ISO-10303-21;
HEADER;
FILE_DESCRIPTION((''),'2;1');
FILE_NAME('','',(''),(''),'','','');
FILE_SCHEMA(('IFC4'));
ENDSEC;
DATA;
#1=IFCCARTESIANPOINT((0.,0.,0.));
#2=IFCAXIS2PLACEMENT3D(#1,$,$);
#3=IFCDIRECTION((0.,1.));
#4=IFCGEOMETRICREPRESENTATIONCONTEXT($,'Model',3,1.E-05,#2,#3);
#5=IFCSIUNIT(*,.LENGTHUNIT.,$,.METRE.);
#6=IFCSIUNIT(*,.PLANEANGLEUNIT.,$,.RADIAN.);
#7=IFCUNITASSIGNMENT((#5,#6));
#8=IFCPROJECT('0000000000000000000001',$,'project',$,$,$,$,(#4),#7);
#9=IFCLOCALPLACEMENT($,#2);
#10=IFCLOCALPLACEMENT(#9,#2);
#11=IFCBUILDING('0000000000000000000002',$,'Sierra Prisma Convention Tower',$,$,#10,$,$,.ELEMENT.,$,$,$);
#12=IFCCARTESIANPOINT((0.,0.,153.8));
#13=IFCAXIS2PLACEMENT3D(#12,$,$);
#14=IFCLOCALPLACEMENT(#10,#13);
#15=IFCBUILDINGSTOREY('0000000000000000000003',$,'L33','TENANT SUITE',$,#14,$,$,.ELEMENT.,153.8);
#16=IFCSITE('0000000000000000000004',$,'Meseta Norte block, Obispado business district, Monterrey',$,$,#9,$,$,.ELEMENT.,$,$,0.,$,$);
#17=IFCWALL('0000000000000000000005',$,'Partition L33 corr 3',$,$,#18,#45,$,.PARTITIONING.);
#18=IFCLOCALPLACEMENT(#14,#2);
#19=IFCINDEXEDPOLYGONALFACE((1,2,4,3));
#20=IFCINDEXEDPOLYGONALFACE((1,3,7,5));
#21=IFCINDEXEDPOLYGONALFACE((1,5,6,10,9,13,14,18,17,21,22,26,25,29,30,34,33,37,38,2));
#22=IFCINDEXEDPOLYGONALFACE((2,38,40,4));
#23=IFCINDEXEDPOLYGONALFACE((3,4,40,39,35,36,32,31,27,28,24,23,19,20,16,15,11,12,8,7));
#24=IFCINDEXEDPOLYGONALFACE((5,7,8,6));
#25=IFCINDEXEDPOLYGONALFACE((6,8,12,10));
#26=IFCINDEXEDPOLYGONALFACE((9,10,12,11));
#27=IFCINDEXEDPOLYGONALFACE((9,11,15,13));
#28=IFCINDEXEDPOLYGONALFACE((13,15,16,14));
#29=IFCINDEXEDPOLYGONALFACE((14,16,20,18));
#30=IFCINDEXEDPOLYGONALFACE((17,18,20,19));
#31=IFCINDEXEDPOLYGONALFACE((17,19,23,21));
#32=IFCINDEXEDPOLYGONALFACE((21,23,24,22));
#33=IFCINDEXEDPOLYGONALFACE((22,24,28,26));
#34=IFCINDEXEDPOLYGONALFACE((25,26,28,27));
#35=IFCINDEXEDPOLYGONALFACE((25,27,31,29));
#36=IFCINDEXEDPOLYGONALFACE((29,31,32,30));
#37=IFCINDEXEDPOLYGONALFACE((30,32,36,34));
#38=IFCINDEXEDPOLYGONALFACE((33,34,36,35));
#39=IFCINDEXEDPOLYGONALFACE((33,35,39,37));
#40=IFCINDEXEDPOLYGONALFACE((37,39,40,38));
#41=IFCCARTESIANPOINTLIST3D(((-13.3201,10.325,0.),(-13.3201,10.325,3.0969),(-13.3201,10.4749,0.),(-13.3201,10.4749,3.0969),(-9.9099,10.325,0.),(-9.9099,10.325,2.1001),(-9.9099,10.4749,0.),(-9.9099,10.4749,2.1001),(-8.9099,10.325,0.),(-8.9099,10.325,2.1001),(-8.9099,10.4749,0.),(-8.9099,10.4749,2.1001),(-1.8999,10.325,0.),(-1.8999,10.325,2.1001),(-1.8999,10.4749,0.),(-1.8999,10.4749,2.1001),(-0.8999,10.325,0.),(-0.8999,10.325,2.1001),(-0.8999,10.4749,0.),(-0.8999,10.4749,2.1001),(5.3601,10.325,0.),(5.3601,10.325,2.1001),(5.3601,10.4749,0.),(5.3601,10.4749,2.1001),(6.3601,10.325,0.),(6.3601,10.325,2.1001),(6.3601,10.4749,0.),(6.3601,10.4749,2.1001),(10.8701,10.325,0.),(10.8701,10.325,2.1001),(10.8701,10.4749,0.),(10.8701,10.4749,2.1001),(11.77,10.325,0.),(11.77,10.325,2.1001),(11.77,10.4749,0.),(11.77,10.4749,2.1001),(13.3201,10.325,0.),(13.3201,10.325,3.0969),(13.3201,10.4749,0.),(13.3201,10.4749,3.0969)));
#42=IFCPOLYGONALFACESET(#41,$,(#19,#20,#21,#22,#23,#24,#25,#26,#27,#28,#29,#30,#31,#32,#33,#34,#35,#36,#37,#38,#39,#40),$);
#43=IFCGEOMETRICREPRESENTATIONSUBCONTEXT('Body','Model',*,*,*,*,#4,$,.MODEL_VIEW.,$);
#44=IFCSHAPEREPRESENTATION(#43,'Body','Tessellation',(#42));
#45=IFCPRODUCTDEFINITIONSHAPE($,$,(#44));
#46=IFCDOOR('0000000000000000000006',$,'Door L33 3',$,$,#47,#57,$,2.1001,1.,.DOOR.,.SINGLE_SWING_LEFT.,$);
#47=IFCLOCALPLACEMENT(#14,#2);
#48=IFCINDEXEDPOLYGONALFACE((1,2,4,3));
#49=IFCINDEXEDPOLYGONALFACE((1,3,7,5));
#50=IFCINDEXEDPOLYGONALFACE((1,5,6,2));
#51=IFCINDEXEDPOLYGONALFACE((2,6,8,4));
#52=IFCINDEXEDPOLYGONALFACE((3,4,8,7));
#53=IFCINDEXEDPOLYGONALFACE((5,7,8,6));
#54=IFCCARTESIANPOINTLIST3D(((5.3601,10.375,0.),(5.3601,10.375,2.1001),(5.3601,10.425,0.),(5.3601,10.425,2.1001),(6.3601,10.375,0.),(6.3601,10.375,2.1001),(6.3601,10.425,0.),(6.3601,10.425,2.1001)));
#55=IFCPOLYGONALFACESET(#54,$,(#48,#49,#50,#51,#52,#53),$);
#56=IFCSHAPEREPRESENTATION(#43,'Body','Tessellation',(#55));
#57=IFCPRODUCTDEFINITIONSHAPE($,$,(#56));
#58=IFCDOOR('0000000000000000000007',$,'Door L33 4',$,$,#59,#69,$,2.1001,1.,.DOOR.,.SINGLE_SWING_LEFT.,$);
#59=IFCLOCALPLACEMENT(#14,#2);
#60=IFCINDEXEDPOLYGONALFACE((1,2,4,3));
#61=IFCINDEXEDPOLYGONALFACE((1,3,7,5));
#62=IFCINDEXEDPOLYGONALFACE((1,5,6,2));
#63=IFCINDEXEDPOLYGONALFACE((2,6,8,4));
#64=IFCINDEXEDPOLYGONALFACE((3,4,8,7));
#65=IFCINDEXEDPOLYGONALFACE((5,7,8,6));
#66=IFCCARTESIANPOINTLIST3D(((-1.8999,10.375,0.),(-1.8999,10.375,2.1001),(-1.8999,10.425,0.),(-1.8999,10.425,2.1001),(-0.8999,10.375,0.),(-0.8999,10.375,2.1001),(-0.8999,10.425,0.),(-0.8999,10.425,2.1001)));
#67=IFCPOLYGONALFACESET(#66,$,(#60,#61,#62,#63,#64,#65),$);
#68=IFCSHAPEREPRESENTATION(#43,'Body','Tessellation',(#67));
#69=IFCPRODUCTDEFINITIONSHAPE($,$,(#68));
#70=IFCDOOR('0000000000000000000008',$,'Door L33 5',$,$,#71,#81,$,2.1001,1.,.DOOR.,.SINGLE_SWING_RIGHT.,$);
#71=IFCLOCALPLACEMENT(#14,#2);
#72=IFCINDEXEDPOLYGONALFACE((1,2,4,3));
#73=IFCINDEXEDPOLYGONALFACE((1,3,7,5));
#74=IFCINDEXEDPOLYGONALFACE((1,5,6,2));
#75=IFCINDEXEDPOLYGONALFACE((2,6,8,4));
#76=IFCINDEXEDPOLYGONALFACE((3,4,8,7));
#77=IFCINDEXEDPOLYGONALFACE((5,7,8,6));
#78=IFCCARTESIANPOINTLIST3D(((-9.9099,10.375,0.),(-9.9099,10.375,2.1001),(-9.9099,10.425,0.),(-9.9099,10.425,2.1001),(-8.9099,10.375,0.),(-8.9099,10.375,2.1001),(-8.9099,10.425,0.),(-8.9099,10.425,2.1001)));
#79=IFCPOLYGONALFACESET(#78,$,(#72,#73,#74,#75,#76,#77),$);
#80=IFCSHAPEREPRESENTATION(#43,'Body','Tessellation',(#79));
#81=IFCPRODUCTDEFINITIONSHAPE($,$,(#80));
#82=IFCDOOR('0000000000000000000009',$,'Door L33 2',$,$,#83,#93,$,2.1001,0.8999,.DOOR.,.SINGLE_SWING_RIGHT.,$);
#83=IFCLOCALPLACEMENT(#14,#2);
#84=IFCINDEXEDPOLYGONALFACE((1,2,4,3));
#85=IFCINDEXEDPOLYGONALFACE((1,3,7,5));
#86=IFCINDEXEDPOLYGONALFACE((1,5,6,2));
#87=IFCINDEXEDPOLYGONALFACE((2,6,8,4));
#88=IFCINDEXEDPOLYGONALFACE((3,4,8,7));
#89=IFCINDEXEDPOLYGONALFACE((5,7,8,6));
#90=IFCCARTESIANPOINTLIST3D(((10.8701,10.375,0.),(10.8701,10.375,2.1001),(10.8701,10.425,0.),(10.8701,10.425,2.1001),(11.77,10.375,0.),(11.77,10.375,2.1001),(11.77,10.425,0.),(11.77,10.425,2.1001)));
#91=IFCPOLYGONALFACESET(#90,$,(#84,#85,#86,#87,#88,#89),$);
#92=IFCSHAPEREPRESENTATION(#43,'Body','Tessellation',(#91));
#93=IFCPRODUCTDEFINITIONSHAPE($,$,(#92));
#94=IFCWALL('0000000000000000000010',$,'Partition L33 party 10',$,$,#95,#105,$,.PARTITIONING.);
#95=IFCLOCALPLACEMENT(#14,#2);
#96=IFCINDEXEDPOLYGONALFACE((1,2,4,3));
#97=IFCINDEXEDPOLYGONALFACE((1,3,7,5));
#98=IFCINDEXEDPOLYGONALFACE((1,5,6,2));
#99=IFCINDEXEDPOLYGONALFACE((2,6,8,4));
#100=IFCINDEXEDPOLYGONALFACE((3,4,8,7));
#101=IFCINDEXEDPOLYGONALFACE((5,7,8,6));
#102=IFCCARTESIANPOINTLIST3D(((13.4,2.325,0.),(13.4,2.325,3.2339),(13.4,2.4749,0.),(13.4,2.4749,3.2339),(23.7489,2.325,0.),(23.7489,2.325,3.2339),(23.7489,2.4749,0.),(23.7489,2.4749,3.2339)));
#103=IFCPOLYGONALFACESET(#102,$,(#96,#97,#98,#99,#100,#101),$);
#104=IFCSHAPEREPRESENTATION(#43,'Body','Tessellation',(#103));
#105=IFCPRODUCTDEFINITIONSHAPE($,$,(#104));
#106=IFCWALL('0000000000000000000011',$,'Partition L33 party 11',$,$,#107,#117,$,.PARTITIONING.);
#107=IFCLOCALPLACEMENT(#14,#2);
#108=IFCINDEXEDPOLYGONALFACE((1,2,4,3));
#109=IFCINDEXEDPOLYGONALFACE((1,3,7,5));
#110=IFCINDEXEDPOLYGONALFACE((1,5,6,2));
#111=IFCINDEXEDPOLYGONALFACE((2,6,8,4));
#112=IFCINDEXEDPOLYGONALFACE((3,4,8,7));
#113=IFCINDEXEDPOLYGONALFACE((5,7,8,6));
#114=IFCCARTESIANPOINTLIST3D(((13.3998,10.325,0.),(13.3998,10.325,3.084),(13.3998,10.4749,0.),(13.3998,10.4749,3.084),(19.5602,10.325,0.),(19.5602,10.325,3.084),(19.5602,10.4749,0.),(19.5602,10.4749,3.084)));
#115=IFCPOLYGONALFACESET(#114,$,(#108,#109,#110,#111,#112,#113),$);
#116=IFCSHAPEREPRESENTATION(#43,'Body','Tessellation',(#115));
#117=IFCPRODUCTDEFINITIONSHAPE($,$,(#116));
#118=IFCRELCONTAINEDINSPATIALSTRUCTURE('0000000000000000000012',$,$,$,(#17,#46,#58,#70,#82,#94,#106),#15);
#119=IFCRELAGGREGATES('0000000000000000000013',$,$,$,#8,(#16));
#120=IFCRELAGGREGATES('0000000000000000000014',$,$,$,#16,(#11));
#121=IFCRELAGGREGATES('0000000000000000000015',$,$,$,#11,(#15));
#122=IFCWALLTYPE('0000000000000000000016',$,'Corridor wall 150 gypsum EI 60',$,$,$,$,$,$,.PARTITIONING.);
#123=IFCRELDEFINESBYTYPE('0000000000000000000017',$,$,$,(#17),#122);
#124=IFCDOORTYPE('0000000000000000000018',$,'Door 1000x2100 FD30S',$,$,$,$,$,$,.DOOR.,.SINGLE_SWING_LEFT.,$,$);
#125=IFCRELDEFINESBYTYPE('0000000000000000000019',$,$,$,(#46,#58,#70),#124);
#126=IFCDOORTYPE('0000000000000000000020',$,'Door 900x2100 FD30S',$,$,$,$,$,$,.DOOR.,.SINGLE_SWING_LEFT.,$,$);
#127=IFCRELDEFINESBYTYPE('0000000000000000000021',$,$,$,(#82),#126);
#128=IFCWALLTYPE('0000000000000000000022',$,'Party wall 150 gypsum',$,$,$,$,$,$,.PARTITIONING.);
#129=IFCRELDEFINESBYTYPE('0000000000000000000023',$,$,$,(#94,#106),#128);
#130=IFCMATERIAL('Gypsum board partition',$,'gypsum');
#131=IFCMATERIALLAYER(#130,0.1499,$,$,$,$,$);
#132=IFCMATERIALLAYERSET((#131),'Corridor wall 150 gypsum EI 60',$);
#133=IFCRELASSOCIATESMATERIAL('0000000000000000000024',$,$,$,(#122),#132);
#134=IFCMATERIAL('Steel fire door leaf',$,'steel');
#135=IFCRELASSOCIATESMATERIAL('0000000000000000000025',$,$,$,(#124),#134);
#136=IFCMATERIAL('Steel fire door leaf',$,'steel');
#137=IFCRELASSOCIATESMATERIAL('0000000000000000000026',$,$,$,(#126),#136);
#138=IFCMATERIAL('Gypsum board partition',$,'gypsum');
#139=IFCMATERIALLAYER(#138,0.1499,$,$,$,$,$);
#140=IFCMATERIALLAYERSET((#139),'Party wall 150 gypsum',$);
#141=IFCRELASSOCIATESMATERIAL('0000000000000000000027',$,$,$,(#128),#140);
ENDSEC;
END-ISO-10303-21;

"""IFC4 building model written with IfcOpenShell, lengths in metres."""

from ifc_helpers import new_model, si_unit, direction, frame, frame_2d, origin, place, context, subcontext, project, spatial, rectangle, extrude, material, layer, layer_set, type_object, element, fill, save


model = new_model("IFC4")

# Units and contexts
model_context = context("Model", 3, precision=1e-05, world=origin(), true_north=direction((0.0, 1.0)))
body_context = subcontext(model_context, "Body", "Model", "MODEL_VIEW")
ifc_project = project(units=[si_unit("LENGTHUNIT", "METRE"), si_unit("PLANEANGLEUNIT", "RADIAN")], contexts=[model_context])

# Site, building, storey
site_placement = place(None, origin())
site = spatial("IfcSite", under=ifc_project, at=site_placement, Name="Meseta Norte block, Obispado business district, Monterrey", CompositionType="ELEMENT", RefElevation=0.0)
building_placement = place(site_placement, origin())
building = spatial("IfcBuilding", under=site, at=building_placement, Name="Sierra Prisma Convention Tower", CompositionType="ELEMENT")
storey_placement = place(building_placement, frame((0.0, 0.0, 153.8)))
storey = spatial("IfcBuildingStorey", under=building, at=storey_placement, Name="L33", Description="TENANT SUITE", CompositionType="ELEMENT", Elevation=153.8)

# Wall, openings, doors
ifc_material_1 = material(Name="Gypsum board partition", Category="gypsum")
ifc_layer_1 = layer(ifc_material_1, 0.1499)
ifc_layer_set_1 = layer_set([ifc_layer_1], Name="Corridor wall 150 gypsum EI 60")
wall_type_1 = type_object("IfcWallType", Name="Corridor wall 150 gypsum EI 60", PredefinedType="PARTITIONING", material=ifc_layer_set_1)
wall_1_placement = place(storey_placement, frame((13.3201, 10.3999, 0.0), z_axis=(0.0, 0.0, 1.0), x_axis=(-1.0, 0.0, 0.0)))
wall_1 = element("IfcWall", 1, at=wall_1_placement, inside=storey, type_object=wall_type_1, Name="Partition L33 corr 3", PredefinedType="PARTITIONING", context=body_context, shape_type="SweptSolid", body=[
    extrude(rectangle(XDim=26.6401, YDim=0.1499, at=frame_2d((13.3201, 0.0))), origin(), (0.0, 0.0, 1.0), 3.0969),
])
opening_1_placement = place(wall_1_placement, frame((1.55, 0.0, 0.0)))
opening_1 = element("IfcOpeningElement", 2, at=opening_1_placement, cuts=wall_1, PredefinedType="OPENING", context=body_context, shape_type="SweptSolid", body=[
    extrude(rectangle(XDim=0.8999, YDim=2.1001, at=frame_2d((0.45, 1.05))), frame((0.0, 0.075, 0.0), z_axis=(0.0, -1.0, 0.0), x_axis=(1.0, 0.0, 0.0)), (0.0, 0.0, 1.0), 0.1499),
])
opening_2_placement = place(wall_1_placement, frame((6.96, 0.0, 0.0)))
opening_2 = element("IfcOpeningElement", 3, at=opening_2_placement, cuts=wall_1, PredefinedType="OPENING", context=body_context, shape_type="SweptSolid", body=[
    extrude(rectangle(XDim=1.0, YDim=2.1001, at=frame_2d((0.5, 1.05))), frame((0.0, 0.075, 0.0), z_axis=(0.0, -1.0, 0.0), x_axis=(1.0, 0.0, 0.0)), (0.0, 0.0, 1.0), 0.1499),
])
opening_3_placement = place(wall_1_placement, frame((14.22, 0.0, 0.0)))
opening_3 = element("IfcOpeningElement", 4, at=opening_3_placement, cuts=wall_1, PredefinedType="OPENING", context=body_context, shape_type="SweptSolid", body=[
    extrude(rectangle(XDim=1.0, YDim=2.1001, at=frame_2d((0.5, 1.05))), frame((0.0, 0.075, 0.0), z_axis=(0.0, -1.0, 0.0), x_axis=(1.0, 0.0, 0.0)), (0.0, 0.0, 1.0), 0.1499),
])
opening_4_placement = place(wall_1_placement, frame((22.23, 0.0, 0.0)))
opening_4 = element("IfcOpeningElement", 5, at=opening_4_placement, cuts=wall_1, PredefinedType="OPENING", context=body_context, shape_type="SweptSolid", body=[
    extrude(rectangle(XDim=1.0, YDim=2.1001, at=frame_2d((0.5, 1.05))), frame((0.0, 0.075, 0.0), z_axis=(0.0, -1.0, 0.0), x_axis=(1.0, 0.0, 0.0)), (0.0, 0.0, 1.0), 0.1499),
])
ifc_material_2 = material(Name="Steel fire door leaf", Category="steel")
door_type_1 = type_object("IfcDoorType", Name="Door 1000x2100 FD30S", OperationType="SINGLE_SWING_LEFT", PredefinedType="DOOR", material=ifc_material_2)
door_1_placement = place(opening_2_placement, origin())
door_1 = element("IfcDoor", 6, at=door_1_placement, inside=storey, type_object=door_type_1, Name="Door L33 3", OperationType="SINGLE_SWING_LEFT", OverallHeight=2.1001, OverallWidth=1.0, PredefinedType="DOOR", context=body_context, shape_type="SweptSolid", body=[
    extrude(rectangle(XDim=1.0, YDim=2.1001, at=frame_2d((0.5, 1.05))), frame((0.0, 0.0249, 0.0), z_axis=(0.0, -1.0, 0.0), x_axis=(1.0, 0.0, 0.0)), (0.0, 0.0, 1.0), 0.05),
])
fill(opening_2, door_1)
door_2_placement = place(opening_3_placement, origin())
door_2 = element("IfcDoor", 7, at=door_2_placement, inside=storey, type_object=door_type_1, Name="Door L33 4", OperationType="SINGLE_SWING_LEFT", OverallHeight=2.1001, OverallWidth=1.0, PredefinedType="DOOR", context=body_context, shape_type="SweptSolid", body=[
    extrude(rectangle(XDim=1.0, YDim=2.1001, at=frame_2d((0.5, 1.05))), frame((0.0, 0.0249, 0.0), z_axis=(0.0, -1.0, 0.0), x_axis=(1.0, 0.0, 0.0)), (0.0, 0.0, 1.0), 0.05),
])
fill(opening_3, door_2)
door_3_placement = place(opening_4_placement, origin())
door_3 = element("IfcDoor", 8, at=door_3_placement, inside=storey, type_object=door_type_1, Name="Door L33 5", OperationType="SINGLE_SWING_RIGHT", OverallHeight=2.1001, OverallWidth=1.0, PredefinedType="DOOR", context=body_context, shape_type="SweptSolid", body=[
    extrude(rectangle(XDim=1.0, YDim=2.1001, at=frame_2d((0.5, 1.05))), frame((0.0, 0.0249, 0.0), z_axis=(0.0, -1.0, 0.0), x_axis=(1.0, 0.0, 0.0)), (0.0, 0.0, 1.0), 0.05),
])
fill(opening_4, door_3)
ifc_material_3 = material(Name="Steel fire door leaf", Category="steel")
door_type_2 = type_object("IfcDoorType", Name="Door 900x2100 FD30S", OperationType="SINGLE_SWING_LEFT", PredefinedType="DOOR", material=ifc_material_3)
door_4_placement = place(opening_1_placement, origin())
door_4 = element("IfcDoor", 9, at=door_4_placement, inside=storey, type_object=door_type_2, Name="Door L33 2", OperationType="SINGLE_SWING_RIGHT", OverallHeight=2.1001, OverallWidth=0.8999, PredefinedType="DOOR", context=body_context, shape_type="SweptSolid", body=[
    extrude(rectangle(XDim=0.8999, YDim=2.1001, at=frame_2d((0.45, 1.05))), frame((0.0, 0.0249, 0.0), z_axis=(0.0, -1.0, 0.0), x_axis=(1.0, 0.0, 0.0)), (0.0, 0.0, 1.0), 0.05),
])
fill(opening_1, door_4)

# Walls
ifc_material_4 = material(Name="Gypsum board partition", Category="gypsum")
ifc_layer_2 = layer(ifc_material_4, 0.1499)
ifc_layer_set_2 = layer_set([ifc_layer_2], Name="Party wall 150 gypsum")
wall_type_2 = type_object("IfcWallType", Name="Party wall 150 gypsum", PredefinedType="PARTITIONING", material=ifc_layer_set_2)
wall_2_placement = place(storey_placement, frame((23.7488, 2.3999, 0.0), z_axis=(0.0, 0.0, 1.0), x_axis=(-1.0, 0.0, 0.0)))
element("IfcWall", 10, at=wall_2_placement, inside=storey, type_object=wall_type_2, Name="Partition L33 party 10", PredefinedType="PARTITIONING", context=body_context, shape_type="SweptSolid", body=[
    extrude(rectangle(XDim=10.3489, YDim=0.1499, at=frame_2d((5.1743, 0.0))), origin(), (0.0, 0.0, 1.0), 3.2339),
])
wall_3_placement = place(storey_placement, frame((13.3999, 10.3999, 0.0), z_axis=(0.0, 0.0, 1.0), x_axis=(1.0, 0.0, 0.0)))
element("IfcWall", 11, at=wall_3_placement, inside=storey, type_object=wall_type_2, Name="Partition L33 party 11", PredefinedType="PARTITIONING", context=body_context, shape_type="SweptSolid", body=[
    extrude(rectangle(XDim=6.1604, YDim=0.1499, at=frame_2d((3.0801, 0.0))), origin(), (0.0, 0.0, 1.0), 3.084),
])

save(model, "model.ifc")
